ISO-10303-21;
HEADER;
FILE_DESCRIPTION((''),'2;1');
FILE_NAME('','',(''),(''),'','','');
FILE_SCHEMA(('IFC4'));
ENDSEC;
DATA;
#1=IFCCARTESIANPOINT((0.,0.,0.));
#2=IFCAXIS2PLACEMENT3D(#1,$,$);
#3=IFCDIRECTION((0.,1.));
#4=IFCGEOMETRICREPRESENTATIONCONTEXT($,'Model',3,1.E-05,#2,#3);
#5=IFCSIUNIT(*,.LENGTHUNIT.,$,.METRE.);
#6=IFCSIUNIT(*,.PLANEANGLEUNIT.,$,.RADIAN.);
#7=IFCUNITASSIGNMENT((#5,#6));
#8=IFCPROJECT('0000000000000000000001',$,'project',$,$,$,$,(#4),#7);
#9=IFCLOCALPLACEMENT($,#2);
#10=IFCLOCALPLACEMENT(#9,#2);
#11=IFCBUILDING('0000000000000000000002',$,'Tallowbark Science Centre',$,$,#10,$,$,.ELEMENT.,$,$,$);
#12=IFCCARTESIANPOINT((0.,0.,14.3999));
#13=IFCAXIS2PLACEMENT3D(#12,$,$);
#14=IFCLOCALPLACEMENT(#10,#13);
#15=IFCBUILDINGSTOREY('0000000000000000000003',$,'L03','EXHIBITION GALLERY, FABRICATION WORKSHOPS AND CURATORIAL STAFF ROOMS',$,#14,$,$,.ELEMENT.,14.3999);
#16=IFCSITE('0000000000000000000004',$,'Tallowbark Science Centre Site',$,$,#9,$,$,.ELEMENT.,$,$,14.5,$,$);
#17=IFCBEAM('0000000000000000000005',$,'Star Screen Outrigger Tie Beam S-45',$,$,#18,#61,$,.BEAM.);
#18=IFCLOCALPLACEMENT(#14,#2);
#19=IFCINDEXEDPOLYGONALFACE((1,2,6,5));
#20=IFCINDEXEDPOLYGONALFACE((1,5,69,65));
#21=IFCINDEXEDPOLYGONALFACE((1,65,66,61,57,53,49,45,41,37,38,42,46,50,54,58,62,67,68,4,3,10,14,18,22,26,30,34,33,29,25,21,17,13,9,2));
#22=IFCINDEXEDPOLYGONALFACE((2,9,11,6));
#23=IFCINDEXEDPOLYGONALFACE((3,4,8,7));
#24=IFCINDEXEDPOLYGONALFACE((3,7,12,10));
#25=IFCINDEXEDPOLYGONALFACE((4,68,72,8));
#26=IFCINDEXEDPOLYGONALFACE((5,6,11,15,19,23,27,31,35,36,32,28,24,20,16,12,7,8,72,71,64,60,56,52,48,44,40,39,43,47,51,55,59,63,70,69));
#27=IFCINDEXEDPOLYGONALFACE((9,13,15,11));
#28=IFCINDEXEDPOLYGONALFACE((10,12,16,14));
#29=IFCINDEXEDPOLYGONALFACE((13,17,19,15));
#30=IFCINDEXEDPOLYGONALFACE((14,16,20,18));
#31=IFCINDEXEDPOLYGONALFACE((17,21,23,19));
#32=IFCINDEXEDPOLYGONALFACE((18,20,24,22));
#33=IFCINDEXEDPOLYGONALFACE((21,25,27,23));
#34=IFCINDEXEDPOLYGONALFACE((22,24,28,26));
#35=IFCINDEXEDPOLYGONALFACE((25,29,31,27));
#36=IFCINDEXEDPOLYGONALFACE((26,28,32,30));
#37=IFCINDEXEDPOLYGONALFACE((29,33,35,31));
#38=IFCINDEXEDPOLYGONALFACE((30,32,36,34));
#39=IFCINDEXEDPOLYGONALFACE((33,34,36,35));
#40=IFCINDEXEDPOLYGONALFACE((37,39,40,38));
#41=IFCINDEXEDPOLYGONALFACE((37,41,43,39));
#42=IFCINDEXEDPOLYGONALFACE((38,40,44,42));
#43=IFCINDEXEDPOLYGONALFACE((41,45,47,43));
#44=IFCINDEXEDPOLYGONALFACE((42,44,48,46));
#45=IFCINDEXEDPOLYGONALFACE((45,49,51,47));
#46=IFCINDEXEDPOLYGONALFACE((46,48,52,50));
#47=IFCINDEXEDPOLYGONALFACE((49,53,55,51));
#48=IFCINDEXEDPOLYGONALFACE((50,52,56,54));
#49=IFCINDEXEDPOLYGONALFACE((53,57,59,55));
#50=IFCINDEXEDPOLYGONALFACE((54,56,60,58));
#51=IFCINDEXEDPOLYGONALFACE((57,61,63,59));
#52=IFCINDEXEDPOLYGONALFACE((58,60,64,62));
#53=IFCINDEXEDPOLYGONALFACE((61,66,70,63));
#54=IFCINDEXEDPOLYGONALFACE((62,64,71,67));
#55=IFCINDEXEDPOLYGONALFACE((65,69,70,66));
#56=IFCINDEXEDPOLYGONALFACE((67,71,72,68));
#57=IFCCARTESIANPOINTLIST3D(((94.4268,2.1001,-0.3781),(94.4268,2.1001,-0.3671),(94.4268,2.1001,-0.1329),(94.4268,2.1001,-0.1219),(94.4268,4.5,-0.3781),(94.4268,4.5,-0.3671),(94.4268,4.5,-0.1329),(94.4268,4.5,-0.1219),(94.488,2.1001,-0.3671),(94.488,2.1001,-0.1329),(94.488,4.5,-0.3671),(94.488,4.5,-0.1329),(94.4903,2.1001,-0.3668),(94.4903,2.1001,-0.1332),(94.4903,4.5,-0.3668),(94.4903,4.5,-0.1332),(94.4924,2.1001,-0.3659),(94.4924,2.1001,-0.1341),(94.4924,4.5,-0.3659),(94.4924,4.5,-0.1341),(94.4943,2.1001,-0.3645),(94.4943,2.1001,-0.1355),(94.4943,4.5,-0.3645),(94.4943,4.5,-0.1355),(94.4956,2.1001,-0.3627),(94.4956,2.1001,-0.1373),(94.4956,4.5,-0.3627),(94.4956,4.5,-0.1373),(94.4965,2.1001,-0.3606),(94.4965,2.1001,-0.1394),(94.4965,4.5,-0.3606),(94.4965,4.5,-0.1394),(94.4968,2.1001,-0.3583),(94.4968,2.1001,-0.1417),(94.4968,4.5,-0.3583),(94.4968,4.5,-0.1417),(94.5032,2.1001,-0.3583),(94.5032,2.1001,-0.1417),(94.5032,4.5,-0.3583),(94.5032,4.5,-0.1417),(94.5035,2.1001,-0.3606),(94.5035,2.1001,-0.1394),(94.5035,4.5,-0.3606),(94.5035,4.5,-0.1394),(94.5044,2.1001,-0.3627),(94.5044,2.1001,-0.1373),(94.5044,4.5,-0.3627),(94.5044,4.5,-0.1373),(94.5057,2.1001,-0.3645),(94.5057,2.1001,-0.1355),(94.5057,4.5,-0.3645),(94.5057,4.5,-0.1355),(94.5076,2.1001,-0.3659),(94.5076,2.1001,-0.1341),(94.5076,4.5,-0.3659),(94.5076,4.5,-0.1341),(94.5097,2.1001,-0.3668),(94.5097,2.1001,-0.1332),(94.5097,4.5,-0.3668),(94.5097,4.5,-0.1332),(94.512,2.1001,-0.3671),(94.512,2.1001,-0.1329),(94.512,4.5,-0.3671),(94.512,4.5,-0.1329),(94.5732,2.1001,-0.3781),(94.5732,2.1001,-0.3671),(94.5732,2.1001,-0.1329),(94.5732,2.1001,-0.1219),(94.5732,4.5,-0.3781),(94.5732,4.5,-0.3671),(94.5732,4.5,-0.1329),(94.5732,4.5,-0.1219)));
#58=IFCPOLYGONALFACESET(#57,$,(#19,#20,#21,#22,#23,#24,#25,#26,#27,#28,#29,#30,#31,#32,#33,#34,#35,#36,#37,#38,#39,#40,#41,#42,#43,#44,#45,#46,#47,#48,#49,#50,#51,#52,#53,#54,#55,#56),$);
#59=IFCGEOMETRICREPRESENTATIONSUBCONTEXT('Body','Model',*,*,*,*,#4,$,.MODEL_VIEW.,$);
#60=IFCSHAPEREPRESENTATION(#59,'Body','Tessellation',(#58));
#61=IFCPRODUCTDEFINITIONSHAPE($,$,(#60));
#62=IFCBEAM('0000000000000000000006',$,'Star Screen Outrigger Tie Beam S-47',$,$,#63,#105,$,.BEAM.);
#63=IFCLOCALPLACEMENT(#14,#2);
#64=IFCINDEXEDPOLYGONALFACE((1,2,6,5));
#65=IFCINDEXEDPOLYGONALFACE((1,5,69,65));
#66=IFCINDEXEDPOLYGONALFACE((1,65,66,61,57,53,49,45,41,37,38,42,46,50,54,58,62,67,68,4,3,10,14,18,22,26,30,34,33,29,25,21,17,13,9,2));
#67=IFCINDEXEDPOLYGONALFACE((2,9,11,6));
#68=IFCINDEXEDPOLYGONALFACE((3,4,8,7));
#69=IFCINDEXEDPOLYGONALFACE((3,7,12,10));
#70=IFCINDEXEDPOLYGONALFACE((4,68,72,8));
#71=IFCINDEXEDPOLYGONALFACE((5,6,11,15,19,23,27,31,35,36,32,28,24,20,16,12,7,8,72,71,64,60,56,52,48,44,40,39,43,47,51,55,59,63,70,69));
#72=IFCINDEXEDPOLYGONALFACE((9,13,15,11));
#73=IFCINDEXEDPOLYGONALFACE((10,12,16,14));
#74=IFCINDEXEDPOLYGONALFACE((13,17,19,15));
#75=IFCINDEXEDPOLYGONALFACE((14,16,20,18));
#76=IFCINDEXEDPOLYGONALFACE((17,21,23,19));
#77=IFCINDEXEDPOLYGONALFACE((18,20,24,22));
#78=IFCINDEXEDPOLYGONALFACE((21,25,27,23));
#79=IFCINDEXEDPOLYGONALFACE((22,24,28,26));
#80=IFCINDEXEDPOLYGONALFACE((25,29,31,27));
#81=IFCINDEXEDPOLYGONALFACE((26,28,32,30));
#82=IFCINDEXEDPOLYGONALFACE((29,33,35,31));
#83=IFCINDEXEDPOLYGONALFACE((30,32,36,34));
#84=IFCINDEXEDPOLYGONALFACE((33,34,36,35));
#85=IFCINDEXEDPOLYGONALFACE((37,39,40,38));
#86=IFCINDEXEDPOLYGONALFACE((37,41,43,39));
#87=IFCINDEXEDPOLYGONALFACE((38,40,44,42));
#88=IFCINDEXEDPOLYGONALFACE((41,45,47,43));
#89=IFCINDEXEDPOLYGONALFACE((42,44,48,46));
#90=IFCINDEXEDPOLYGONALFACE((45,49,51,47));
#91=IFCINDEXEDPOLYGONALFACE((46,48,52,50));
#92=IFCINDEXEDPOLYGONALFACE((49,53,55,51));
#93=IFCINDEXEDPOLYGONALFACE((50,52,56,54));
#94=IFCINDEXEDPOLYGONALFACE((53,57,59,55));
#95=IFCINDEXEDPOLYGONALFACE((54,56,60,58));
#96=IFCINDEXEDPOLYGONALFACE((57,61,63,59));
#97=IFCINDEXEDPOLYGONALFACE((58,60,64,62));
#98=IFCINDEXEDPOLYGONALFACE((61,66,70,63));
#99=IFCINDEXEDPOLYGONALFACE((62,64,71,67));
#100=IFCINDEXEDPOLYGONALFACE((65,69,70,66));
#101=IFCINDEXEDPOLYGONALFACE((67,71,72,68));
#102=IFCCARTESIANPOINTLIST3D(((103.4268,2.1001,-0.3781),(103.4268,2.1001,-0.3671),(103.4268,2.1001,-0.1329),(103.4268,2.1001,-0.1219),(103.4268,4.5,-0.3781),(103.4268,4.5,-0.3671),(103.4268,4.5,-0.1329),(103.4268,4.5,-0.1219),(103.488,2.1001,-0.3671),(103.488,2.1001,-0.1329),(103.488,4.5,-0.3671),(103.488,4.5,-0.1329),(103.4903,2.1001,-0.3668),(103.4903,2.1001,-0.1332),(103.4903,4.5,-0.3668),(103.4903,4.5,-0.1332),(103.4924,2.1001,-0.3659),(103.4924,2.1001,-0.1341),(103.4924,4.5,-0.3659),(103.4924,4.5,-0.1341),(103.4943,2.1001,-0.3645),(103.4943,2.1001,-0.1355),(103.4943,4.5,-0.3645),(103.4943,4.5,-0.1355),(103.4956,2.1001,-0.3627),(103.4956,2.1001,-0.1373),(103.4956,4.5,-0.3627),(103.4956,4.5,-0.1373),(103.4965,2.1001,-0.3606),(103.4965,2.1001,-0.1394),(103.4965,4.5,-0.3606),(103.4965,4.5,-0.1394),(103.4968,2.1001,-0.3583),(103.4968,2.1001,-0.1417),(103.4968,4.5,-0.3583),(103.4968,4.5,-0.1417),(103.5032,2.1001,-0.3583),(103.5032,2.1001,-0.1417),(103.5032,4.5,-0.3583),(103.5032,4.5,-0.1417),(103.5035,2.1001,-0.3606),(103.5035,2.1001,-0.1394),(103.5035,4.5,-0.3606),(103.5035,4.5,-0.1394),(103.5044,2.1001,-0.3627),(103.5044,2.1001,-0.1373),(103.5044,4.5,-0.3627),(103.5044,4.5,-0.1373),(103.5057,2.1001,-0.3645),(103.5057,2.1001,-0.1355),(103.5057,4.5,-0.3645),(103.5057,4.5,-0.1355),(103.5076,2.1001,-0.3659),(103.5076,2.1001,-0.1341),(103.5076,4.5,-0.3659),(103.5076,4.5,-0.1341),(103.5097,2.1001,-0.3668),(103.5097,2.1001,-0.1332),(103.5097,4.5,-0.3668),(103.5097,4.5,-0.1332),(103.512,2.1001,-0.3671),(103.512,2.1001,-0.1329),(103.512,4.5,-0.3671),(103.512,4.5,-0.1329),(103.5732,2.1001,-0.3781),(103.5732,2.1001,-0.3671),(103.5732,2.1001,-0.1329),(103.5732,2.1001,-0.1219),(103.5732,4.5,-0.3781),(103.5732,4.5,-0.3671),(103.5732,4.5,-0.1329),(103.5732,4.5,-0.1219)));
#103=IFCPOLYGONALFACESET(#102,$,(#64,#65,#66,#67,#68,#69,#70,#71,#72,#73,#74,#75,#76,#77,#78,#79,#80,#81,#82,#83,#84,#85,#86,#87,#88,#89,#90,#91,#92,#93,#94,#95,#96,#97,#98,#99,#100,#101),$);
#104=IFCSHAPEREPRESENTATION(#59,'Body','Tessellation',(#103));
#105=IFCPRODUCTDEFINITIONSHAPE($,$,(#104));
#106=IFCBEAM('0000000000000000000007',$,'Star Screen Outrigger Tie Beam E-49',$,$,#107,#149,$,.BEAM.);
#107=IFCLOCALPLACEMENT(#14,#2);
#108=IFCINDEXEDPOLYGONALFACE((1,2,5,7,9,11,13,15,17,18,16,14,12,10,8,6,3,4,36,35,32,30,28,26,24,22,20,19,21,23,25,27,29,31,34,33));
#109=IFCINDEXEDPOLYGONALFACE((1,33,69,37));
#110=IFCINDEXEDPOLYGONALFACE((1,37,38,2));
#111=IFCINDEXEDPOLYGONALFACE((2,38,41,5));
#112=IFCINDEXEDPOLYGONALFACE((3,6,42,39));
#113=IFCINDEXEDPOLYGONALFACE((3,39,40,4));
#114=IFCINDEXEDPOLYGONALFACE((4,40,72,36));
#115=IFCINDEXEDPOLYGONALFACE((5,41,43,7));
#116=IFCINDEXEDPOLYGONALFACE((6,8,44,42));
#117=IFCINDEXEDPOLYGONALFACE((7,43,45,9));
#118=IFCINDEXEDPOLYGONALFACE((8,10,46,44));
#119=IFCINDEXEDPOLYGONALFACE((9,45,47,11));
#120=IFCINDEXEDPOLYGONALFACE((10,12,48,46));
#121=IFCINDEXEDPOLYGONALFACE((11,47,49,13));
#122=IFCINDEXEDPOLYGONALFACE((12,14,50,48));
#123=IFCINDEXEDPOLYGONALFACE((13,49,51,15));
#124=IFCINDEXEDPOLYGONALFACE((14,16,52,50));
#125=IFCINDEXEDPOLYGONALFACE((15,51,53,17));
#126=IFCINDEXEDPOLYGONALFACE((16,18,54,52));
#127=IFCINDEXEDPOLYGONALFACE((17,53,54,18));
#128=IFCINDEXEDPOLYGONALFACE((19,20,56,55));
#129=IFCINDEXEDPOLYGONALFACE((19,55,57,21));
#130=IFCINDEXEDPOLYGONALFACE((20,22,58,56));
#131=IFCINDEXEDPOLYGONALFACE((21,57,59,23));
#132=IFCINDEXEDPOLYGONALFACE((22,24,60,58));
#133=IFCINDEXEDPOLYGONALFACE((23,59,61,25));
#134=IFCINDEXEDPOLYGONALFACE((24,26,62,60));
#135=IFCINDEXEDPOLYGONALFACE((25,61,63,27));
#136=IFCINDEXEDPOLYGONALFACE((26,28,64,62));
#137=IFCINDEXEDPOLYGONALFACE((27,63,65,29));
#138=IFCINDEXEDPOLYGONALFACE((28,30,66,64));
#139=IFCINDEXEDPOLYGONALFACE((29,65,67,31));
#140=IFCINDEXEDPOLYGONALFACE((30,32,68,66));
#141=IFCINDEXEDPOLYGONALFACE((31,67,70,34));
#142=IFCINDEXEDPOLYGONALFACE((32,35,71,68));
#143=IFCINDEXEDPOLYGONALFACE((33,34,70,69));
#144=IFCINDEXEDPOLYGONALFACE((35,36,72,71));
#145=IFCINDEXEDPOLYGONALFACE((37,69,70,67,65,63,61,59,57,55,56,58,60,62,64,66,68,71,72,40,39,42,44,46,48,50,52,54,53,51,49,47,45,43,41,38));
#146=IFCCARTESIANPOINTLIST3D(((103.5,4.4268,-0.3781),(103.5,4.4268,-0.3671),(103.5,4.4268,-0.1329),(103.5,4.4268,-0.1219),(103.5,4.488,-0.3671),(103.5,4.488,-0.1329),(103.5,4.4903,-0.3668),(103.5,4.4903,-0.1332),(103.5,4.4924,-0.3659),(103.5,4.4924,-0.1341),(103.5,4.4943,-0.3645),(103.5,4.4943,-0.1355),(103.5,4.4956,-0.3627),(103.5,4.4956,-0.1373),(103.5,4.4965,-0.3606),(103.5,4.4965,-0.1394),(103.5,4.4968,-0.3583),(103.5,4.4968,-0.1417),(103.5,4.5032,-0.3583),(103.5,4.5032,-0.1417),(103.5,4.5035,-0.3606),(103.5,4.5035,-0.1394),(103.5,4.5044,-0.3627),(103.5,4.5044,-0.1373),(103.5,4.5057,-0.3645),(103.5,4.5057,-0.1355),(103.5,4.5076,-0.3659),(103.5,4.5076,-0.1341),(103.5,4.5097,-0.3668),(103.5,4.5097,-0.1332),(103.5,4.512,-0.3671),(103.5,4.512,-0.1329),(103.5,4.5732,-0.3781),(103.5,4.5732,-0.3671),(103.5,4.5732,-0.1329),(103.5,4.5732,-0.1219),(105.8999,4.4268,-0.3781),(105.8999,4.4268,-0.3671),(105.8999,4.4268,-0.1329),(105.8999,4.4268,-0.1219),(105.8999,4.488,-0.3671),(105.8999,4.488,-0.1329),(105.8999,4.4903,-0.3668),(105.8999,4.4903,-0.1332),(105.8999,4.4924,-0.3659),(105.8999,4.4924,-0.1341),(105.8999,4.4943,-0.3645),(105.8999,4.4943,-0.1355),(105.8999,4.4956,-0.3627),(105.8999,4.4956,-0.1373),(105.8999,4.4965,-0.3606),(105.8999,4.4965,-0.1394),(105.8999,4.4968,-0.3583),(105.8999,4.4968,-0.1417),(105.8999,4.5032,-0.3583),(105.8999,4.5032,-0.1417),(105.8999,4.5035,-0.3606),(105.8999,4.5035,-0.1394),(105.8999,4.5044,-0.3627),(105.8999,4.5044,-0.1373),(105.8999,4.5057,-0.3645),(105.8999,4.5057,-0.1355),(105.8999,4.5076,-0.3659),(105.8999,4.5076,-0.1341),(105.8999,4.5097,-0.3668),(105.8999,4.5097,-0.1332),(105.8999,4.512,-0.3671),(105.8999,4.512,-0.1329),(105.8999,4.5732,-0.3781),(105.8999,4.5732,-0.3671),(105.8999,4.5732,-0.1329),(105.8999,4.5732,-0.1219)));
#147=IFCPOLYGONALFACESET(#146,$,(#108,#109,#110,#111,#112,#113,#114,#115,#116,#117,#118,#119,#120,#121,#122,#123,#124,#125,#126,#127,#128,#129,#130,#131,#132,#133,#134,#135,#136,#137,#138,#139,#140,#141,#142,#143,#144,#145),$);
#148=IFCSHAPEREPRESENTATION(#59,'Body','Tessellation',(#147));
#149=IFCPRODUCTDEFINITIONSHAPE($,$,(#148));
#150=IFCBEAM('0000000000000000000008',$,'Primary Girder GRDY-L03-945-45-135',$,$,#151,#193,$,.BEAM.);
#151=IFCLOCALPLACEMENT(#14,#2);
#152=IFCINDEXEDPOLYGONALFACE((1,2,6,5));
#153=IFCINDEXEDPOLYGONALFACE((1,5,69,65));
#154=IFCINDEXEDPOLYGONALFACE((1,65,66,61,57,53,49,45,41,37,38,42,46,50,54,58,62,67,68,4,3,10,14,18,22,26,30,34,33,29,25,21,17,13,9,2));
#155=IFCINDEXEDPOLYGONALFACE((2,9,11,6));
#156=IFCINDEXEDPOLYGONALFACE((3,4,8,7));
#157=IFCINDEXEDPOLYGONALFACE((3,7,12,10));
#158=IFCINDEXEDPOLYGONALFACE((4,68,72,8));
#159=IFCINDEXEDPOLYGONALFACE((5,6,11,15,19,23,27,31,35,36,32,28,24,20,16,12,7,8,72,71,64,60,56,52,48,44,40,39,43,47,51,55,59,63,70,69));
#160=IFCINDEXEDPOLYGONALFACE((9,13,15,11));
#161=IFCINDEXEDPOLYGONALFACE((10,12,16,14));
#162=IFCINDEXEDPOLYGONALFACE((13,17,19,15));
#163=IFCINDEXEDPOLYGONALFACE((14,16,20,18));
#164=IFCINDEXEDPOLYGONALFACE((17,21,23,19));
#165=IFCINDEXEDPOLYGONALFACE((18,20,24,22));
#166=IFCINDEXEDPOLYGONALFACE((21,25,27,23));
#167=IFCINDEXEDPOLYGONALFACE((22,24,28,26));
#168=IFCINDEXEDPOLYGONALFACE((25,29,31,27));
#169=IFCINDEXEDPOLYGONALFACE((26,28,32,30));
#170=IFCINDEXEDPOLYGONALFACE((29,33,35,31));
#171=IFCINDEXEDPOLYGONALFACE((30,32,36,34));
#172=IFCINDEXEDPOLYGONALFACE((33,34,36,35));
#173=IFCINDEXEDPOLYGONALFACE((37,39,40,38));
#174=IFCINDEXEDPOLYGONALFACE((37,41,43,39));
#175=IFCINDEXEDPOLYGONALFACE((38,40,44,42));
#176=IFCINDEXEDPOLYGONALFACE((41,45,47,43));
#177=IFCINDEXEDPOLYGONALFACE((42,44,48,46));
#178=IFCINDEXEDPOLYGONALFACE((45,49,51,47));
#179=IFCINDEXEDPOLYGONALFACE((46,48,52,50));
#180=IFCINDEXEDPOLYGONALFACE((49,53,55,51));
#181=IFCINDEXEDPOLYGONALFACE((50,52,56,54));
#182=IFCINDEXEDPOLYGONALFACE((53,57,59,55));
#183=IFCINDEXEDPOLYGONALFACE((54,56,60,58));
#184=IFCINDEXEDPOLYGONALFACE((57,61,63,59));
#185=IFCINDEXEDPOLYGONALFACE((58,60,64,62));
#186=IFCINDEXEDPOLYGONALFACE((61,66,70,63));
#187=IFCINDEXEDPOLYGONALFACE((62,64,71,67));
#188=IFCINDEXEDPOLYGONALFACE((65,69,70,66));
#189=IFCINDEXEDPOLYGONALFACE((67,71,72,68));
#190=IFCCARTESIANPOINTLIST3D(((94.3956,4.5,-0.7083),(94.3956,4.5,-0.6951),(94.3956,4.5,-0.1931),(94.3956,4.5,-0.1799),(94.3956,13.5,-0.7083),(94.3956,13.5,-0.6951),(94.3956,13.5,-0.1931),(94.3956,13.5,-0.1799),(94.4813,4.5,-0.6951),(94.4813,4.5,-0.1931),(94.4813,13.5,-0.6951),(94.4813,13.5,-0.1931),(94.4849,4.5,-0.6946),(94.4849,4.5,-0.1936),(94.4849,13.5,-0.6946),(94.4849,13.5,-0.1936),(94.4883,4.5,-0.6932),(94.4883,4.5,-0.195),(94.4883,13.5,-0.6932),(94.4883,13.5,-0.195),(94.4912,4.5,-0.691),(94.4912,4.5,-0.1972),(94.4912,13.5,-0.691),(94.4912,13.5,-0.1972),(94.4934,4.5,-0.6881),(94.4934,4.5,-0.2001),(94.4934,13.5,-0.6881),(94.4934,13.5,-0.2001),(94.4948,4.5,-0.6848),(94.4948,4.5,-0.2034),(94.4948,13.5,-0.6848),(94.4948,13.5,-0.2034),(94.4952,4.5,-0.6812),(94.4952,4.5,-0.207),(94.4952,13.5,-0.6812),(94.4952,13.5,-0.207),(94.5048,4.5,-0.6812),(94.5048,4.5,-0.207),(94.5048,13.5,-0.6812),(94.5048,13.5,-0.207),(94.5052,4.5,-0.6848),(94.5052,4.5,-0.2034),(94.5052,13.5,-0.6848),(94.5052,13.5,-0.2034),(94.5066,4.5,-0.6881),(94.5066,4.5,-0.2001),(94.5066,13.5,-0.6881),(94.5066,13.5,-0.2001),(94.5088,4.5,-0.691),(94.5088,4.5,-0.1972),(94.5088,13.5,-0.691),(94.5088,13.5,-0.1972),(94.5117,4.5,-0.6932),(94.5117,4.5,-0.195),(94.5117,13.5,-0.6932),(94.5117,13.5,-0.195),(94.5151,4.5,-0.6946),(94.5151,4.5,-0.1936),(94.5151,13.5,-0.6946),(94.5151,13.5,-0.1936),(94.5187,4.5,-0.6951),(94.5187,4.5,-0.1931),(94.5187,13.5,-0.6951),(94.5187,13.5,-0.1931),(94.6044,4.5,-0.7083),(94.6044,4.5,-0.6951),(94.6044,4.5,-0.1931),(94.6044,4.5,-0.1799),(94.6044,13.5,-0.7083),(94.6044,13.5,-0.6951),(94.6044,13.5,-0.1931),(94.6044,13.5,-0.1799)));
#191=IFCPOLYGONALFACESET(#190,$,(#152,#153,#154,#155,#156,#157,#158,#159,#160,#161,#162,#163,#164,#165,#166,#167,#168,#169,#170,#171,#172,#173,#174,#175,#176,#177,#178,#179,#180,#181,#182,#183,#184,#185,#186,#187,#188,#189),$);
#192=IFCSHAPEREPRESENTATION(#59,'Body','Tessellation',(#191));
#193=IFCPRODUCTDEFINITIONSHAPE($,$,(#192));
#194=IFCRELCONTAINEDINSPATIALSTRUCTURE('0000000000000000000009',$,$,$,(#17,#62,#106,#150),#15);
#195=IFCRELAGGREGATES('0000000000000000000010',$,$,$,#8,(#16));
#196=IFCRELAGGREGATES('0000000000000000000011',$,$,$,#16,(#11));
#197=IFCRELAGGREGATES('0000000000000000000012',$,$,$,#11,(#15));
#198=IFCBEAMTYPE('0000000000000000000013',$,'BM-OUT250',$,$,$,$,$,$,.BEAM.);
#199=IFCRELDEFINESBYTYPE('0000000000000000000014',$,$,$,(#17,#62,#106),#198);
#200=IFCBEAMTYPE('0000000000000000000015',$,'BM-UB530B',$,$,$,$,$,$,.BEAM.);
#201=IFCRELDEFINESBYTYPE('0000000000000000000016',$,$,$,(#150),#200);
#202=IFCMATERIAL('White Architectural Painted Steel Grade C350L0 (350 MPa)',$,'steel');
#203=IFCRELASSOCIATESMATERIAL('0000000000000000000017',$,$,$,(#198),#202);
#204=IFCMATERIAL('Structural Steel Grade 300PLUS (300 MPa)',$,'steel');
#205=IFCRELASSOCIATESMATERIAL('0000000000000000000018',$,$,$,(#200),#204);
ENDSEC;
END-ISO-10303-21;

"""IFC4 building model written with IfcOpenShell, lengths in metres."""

from ifc_helpers import new_model, si_unit, direction, frame, origin, origin_2d, place, context, subcontext, project, spatial, i_section, extrude, material, material_profile, profile_set, type_object, element, save


model = new_model("IFC4")

# Units and contexts
model_context = context("Model", 3, precision=1e-05, world=origin(), true_north=direction((0.0, 1.0)))
body_context = subcontext(model_context, "Body", "Model", "MODEL_VIEW")
ifc_project = project(units=[si_unit("LENGTHUNIT", "METRE"), si_unit("PLANEANGLEUNIT", "RADIAN")], contexts=[model_context])

# Site, building, storey
site_placement = place(None, origin())
site = spatial("IfcSite", under=ifc_project, at=site_placement, Name="Tallowbark Science Centre Site", CompositionType="ELEMENT", RefElevation=14.5)
building_placement = place(site_placement, origin())
building = spatial("IfcBuilding", under=site, at=building_placement, Name="Tallowbark Science Centre", CompositionType="ELEMENT")
storey_placement = place(building_placement, frame((0.0, 0.0, 14.3999)))
storey = spatial("IfcBuildingStorey", under=building, at=storey_placement, Name="L03", Description="EXHIBITION GALLERY, FABRICATION WORKSHOPS AND CURATORIAL STAFF ROOMS", CompositionType="ELEMENT", Elevation=14.3999)

# Shared definitions
ifc_material_1 = material(Name="White Architectural Painted Steel Grade C350L0 (350 MPa)", Category="steel")
ifc_material_2 = material(Name="Structural Steel Grade 300PLUS (300 MPa)", Category="steel")

# Beams
ifc_material_profile_1 = material_profile(ifc_material_1, i_section(OverallWidth=0.1465, OverallDepth=0.2561, WebThickness=0.0063, FlangeThickness=0.011, FilletRadius=0.0088, at=origin_2d()), Name="250UB37.3")
ifc_profile_set_1 = profile_set([ifc_material_profile_1], Name="White Architectural Painted Steel Grade C350L0 (350 MPa)")
beam_type_1 = type_object("IfcBeamType", Name="BM-OUT250", PredefinedType="BEAM", material=ifc_profile_set_1)
for number, where, z_axis, x_axis, name in (
    (1, (94.5, 4.5, -0.25), (0.0, -1.0, 0.0), (1.0, 0.0, 0.0), "Star Screen Outrigger Tie Beam S-45"),
    (2, (103.5, 4.5, -0.25), (0.0, -1.0, 0.0), (1.0, 0.0, 0.0), "Star Screen Outrigger Tie Beam S-47"),
    (3, (103.5, 4.5, -0.25), (1.0, 0.0, 0.0), (0.0, 1.0, 0.0), "Star Screen Outrigger Tie Beam E-49"),
):
    element("IfcBeam", number, at=place(storey_placement, frame(where, z_axis=z_axis, x_axis=x_axis)), inside=storey, type_object=beam_type_1, Name=name, PredefinedType="BEAM", context=body_context, shape_type="SweptSolid", body=[
        extrude(i_section(OverallWidth=0.1465, OverallDepth=0.2561, WebThickness=0.0063, FlangeThickness=0.011, FilletRadius=0.0088, at=origin_2d()), origin(), (0.0, 0.0, 1.0), 2.3999),
    ])
ifc_material_profile_2 = material_profile(ifc_material_2, i_section(OverallWidth=0.2087, OverallDepth=0.5283, WebThickness=0.0095, FlangeThickness=0.0132, FilletRadius=0.0139, at=origin_2d()), Name="530UB82.0")
ifc_profile_set_2 = profile_set([ifc_material_profile_2], Name="Structural Steel Grade 300PLUS (300 MPa)")
beam_type_2 = type_object("IfcBeamType", Name="BM-UB530B", PredefinedType="BEAM", material=ifc_profile_set_2)
beam_placement = place(storey_placement, frame((94.5, 4.5, -0.4441), z_axis=(0.0, 1.0, 0.0), x_axis=(-1.0, 0.0, 0.0)))
element("IfcBeam", 4, at=beam_placement, inside=storey, type_object=beam_type_2, Name="Primary Girder GRDY-L03-945-45-135", PredefinedType="BEAM", context=body_context, shape_type="SweptSolid", body=[
    extrude(i_section(OverallWidth=0.2087, OverallDepth=0.5283, WebThickness=0.0095, FlangeThickness=0.0132, FilletRadius=0.0139, at=origin_2d()), origin(), (0.0, 0.0, 1.0), 9.0),
])

save(model, "model.ifc")
